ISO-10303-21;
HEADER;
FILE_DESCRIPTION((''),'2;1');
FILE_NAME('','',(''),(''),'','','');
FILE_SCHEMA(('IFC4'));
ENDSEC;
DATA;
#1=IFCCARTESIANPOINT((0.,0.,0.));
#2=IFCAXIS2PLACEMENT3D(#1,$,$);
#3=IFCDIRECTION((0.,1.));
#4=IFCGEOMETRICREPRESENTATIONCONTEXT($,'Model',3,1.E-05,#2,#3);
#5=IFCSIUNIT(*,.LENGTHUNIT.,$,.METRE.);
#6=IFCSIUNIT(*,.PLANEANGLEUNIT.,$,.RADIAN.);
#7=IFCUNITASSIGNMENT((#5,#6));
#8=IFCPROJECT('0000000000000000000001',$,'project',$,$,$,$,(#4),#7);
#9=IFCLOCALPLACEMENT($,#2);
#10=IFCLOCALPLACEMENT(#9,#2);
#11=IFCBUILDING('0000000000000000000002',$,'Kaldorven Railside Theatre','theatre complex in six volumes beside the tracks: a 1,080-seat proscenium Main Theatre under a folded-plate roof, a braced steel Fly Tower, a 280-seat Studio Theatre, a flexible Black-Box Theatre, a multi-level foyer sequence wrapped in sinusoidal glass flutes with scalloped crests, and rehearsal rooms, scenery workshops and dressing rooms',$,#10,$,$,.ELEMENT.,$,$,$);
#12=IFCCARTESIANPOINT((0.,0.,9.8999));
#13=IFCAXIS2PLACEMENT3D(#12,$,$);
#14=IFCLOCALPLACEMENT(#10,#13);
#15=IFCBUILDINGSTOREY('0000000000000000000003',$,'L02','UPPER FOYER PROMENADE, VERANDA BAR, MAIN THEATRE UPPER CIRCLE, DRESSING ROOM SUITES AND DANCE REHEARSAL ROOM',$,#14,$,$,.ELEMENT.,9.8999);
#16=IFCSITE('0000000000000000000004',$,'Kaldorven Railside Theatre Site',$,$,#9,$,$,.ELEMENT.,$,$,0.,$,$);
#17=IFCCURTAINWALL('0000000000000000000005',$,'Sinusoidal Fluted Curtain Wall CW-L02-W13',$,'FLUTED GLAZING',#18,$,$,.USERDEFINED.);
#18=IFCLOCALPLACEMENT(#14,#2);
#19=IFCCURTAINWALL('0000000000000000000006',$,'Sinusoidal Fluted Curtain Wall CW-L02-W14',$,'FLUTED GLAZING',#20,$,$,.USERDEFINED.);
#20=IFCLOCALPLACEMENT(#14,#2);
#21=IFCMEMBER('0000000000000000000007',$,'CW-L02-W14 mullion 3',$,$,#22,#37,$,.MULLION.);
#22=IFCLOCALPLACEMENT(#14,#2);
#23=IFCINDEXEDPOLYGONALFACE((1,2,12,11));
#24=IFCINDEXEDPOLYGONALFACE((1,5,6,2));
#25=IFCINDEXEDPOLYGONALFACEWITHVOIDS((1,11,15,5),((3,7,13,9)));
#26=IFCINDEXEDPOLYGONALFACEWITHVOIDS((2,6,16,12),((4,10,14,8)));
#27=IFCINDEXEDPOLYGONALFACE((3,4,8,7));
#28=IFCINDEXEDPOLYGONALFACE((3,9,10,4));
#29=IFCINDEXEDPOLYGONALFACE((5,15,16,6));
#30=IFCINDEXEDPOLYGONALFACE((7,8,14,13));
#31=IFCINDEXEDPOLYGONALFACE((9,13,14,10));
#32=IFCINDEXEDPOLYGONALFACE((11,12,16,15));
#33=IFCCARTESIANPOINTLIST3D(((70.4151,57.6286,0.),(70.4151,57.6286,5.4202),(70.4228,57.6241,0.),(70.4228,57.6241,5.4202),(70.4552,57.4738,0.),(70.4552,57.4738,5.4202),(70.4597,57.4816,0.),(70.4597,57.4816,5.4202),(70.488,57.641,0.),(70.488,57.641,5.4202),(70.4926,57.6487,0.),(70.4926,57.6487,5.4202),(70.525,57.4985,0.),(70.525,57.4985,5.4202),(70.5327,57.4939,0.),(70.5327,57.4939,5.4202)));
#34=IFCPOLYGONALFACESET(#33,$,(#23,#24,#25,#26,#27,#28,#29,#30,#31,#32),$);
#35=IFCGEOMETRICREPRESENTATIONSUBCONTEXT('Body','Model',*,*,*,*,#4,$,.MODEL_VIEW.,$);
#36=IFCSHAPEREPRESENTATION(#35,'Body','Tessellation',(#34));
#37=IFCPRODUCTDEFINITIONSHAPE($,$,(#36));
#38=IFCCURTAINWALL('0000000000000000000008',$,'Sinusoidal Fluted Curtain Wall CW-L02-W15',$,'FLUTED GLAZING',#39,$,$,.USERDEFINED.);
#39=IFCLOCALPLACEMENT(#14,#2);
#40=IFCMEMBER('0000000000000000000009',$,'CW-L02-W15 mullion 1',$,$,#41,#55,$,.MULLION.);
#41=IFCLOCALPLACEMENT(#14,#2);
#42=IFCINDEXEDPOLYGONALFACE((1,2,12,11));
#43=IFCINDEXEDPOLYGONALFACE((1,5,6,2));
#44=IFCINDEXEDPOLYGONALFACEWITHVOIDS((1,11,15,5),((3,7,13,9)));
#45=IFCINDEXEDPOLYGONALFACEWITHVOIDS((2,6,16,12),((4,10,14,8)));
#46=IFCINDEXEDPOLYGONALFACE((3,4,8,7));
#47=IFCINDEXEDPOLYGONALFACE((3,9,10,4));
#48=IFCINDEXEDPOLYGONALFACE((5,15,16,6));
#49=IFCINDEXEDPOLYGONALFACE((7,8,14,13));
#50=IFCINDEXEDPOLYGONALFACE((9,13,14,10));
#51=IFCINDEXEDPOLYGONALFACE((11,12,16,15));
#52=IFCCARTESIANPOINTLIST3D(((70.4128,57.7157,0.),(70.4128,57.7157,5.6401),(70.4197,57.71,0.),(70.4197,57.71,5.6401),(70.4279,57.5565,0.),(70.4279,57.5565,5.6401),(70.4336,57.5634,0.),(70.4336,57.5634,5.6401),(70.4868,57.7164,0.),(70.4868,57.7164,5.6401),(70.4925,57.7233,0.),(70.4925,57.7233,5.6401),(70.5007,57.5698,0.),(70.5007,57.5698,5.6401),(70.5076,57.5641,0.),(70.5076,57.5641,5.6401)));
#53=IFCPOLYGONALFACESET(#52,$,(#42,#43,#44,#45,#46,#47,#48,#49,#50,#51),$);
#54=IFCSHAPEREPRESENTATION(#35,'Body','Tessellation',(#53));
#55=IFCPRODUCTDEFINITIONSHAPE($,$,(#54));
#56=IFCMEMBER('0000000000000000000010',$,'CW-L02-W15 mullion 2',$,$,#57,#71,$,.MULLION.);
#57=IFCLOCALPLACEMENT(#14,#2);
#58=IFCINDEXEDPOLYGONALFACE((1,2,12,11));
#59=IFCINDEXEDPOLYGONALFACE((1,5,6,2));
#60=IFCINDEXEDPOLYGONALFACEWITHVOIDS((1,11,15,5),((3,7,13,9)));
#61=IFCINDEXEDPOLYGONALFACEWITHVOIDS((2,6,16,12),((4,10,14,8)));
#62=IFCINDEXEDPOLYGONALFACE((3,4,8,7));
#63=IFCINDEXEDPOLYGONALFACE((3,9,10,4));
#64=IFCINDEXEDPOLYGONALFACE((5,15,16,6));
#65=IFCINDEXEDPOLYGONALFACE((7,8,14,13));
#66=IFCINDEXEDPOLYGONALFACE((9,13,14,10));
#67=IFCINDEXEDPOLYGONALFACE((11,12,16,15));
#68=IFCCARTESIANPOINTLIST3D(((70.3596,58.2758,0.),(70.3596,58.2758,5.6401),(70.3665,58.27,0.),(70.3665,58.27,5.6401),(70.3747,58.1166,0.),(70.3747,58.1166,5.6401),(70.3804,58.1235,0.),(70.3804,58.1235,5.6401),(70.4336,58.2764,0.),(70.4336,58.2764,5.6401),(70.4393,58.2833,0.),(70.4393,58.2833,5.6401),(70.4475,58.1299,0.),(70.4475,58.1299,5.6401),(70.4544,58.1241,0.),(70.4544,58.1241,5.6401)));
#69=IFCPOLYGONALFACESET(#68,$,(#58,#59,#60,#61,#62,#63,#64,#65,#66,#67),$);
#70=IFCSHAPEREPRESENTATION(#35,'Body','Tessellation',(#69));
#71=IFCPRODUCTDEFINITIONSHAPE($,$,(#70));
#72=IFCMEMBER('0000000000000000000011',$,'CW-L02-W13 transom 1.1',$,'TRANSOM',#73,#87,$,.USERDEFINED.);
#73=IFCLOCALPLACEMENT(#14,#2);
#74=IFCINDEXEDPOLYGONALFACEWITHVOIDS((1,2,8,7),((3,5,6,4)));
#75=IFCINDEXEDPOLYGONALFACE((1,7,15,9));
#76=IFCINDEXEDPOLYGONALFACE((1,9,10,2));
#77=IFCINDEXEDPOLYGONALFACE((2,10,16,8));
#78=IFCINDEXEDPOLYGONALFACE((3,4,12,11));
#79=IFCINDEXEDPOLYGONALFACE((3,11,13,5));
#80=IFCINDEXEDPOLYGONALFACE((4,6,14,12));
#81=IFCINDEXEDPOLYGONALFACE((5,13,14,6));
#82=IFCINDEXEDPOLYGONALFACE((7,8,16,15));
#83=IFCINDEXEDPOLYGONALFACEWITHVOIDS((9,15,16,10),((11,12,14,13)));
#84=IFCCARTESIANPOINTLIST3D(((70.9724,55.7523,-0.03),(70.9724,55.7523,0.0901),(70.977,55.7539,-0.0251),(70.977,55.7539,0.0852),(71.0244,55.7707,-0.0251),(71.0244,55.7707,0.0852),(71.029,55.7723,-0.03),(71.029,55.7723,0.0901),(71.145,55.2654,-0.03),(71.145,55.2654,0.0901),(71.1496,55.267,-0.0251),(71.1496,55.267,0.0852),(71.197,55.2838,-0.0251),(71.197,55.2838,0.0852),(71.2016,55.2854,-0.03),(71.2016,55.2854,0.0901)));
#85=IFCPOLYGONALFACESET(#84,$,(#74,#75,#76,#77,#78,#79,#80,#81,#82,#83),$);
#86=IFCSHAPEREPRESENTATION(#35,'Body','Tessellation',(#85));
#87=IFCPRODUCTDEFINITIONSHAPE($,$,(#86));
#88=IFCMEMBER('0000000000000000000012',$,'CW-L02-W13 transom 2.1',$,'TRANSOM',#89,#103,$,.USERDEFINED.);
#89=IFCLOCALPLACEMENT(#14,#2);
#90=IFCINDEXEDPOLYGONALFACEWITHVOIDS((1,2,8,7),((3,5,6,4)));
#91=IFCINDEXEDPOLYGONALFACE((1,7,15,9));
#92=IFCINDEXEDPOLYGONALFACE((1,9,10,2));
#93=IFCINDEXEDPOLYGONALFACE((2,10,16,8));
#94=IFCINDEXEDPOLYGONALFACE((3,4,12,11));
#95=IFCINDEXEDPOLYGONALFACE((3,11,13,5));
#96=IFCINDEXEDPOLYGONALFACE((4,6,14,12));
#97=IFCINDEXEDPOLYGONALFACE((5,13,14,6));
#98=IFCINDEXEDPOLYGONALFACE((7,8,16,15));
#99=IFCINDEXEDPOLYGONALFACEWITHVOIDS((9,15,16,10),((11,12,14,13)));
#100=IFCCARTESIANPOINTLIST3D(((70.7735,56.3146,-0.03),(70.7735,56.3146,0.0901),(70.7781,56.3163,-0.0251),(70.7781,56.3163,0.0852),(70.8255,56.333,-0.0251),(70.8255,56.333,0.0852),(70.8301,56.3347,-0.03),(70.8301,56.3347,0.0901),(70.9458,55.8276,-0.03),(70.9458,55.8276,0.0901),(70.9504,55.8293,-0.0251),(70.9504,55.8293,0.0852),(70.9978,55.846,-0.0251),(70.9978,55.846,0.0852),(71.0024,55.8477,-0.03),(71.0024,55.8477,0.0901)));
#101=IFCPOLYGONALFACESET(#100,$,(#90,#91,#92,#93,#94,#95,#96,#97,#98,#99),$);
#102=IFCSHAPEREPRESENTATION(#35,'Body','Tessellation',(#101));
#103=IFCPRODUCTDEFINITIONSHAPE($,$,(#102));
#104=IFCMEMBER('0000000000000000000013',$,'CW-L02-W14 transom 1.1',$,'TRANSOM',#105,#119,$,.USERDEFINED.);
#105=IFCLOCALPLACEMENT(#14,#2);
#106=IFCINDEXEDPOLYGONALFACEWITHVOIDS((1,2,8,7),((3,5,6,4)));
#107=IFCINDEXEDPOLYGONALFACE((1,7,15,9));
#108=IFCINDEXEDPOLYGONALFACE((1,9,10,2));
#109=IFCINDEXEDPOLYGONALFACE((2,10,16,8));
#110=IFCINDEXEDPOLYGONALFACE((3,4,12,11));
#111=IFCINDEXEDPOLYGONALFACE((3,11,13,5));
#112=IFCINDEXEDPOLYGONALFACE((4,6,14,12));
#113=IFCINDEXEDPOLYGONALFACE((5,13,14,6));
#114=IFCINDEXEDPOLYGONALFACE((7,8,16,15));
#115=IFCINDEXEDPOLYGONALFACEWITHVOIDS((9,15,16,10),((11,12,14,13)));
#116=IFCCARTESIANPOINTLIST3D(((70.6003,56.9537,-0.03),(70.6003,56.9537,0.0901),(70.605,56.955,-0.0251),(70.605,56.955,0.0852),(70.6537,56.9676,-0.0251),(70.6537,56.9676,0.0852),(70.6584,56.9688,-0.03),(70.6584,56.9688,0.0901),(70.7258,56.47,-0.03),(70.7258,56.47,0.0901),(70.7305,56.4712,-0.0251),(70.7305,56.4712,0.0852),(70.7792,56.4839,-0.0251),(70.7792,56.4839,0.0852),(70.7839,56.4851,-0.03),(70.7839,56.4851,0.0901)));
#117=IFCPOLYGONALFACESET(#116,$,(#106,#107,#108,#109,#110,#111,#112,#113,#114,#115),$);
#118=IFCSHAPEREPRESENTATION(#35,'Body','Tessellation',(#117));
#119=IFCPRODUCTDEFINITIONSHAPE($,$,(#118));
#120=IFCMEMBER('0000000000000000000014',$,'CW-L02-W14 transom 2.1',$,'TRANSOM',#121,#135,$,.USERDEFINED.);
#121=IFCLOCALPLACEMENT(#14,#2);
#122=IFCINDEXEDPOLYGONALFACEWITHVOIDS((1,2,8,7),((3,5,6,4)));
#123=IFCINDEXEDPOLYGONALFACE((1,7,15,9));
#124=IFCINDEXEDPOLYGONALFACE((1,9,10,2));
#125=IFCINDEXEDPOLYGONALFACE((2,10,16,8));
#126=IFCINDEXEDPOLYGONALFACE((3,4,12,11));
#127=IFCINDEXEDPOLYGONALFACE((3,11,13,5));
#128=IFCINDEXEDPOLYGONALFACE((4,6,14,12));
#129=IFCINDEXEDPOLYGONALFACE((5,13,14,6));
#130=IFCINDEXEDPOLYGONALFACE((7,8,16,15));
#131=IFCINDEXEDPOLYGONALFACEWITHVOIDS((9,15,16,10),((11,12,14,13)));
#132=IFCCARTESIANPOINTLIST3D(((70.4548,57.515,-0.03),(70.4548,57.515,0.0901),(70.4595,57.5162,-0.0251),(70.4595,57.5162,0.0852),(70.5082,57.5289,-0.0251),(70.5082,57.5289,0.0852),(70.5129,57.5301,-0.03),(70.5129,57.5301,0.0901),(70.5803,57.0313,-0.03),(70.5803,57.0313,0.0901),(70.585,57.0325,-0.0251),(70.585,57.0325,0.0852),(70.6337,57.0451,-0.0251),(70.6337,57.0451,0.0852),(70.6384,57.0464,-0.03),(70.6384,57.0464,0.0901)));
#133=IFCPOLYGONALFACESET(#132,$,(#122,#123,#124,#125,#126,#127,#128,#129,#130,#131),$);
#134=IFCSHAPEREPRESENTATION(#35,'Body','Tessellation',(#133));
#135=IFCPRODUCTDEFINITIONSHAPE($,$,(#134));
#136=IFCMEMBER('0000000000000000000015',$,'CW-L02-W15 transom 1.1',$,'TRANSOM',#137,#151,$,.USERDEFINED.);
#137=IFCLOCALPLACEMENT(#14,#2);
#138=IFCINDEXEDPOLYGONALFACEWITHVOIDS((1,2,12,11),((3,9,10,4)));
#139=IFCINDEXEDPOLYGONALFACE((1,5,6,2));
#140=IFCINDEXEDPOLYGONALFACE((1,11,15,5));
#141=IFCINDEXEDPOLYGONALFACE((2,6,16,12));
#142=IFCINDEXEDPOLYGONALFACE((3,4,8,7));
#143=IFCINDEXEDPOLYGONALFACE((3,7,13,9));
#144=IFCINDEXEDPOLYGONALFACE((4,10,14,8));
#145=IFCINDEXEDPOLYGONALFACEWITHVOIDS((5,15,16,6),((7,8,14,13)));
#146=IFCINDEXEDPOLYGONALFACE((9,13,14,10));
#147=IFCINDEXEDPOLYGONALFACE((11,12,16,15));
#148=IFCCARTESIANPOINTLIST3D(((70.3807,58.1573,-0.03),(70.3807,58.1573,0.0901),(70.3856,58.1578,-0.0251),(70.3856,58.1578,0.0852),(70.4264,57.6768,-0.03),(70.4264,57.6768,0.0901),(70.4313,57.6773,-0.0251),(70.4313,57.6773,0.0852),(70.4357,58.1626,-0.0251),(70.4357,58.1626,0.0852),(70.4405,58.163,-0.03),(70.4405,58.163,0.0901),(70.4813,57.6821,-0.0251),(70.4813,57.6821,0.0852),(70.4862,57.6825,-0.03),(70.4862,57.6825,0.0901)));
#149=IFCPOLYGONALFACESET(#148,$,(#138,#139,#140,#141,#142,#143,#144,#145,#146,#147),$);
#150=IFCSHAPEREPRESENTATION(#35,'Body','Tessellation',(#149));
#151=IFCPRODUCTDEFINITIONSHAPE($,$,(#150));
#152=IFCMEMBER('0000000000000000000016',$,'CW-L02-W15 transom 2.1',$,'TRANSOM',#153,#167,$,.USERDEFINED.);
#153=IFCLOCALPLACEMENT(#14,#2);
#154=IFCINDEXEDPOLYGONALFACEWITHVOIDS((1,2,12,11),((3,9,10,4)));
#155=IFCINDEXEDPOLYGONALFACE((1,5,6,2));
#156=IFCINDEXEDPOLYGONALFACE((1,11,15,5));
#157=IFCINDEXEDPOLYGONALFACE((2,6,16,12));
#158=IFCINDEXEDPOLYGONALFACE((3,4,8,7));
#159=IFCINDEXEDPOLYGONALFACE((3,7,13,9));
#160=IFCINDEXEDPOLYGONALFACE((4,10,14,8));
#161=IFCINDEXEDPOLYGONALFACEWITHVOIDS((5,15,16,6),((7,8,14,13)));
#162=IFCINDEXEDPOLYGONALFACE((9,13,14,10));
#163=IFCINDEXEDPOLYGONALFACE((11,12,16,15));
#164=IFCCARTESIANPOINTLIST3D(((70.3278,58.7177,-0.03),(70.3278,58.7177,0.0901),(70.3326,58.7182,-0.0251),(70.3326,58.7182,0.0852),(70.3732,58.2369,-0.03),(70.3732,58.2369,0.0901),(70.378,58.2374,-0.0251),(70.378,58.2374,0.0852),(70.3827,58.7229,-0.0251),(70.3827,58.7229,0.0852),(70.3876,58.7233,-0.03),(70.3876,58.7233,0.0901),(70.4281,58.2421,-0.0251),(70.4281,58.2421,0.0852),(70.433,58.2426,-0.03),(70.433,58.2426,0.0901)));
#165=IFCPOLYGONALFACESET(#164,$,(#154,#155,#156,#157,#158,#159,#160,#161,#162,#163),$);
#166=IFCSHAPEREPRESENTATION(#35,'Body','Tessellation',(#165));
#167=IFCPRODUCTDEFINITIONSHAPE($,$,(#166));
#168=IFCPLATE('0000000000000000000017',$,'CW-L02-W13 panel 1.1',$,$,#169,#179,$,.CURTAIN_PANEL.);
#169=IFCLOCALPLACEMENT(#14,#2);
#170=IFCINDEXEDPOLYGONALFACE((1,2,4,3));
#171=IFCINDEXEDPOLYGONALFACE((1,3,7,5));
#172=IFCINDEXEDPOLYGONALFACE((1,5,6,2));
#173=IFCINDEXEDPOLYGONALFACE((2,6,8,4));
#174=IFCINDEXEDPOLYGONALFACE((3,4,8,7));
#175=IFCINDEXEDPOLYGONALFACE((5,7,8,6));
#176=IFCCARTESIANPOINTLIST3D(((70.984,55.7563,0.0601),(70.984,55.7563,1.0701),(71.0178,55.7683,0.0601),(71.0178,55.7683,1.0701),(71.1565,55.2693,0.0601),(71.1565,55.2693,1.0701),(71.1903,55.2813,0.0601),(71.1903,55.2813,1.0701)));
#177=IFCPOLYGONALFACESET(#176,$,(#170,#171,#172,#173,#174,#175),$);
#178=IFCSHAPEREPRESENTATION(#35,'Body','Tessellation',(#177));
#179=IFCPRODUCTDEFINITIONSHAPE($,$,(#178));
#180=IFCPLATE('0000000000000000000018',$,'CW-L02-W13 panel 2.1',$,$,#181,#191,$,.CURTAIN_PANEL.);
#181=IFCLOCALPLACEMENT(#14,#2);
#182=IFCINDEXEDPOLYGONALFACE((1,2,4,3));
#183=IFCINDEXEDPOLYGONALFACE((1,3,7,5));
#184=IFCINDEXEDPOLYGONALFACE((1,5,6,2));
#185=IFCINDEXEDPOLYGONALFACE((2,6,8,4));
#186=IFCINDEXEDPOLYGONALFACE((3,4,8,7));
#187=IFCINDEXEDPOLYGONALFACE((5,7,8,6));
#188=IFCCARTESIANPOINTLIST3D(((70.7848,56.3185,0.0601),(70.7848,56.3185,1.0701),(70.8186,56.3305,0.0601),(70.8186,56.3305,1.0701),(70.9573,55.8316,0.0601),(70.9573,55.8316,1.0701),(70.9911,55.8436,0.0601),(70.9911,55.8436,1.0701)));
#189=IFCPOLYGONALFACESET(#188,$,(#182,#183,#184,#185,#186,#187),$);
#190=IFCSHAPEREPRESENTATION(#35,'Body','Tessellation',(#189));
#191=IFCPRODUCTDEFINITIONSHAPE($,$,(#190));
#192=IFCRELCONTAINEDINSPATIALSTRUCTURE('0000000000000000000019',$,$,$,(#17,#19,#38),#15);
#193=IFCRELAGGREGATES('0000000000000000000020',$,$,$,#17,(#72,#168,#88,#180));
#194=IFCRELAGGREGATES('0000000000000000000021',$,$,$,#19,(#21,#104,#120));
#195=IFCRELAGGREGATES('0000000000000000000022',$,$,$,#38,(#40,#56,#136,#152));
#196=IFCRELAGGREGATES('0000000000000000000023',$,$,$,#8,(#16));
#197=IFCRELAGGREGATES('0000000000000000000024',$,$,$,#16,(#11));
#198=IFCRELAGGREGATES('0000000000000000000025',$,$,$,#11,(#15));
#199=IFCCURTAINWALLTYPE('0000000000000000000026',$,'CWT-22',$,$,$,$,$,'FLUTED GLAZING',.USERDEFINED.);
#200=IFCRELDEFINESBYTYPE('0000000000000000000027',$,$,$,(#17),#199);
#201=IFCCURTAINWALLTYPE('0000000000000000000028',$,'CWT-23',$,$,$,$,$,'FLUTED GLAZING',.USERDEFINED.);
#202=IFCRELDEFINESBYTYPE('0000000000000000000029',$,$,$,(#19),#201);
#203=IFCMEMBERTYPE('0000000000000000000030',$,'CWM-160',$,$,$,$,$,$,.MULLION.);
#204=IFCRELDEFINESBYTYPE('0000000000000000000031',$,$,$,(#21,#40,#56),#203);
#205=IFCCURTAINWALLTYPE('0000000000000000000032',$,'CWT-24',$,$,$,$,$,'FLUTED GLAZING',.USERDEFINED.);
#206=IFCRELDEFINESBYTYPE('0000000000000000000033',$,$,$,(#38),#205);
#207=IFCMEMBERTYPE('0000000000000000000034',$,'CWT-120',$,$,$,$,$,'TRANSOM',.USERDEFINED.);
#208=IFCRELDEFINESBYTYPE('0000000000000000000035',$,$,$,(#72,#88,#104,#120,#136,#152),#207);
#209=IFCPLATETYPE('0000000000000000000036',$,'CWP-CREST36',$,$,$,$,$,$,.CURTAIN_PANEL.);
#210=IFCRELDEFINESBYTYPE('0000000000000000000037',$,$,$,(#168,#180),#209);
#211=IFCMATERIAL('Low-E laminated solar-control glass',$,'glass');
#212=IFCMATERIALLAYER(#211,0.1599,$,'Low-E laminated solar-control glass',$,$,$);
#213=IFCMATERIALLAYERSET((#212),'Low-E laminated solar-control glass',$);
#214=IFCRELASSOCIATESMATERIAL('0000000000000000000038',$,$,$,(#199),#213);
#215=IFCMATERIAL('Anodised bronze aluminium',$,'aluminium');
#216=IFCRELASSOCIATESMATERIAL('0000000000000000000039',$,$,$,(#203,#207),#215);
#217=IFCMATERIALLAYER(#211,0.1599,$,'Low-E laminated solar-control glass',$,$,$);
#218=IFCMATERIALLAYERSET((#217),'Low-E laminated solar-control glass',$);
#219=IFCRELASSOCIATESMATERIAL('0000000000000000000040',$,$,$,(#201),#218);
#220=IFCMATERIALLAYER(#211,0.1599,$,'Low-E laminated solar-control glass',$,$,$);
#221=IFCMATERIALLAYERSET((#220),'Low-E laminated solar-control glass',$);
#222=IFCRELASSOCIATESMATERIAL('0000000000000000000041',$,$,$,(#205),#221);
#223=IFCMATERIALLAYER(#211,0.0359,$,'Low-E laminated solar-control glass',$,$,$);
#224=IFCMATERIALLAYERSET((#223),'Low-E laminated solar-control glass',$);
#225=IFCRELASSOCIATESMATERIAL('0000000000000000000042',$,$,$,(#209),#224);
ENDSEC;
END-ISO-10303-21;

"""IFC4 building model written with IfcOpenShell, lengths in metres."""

from ifc_helpers import new_model, si_unit, direction, frame, origin, origin_2d, place, context, subcontext, project, spatial, rectangle, hollow_rectangle, extrude, material, layer, layer_set, material_profile, profile_set, type_object, element, aggregate, save


model = new_model("IFC4")

# Units and contexts
model_context = context("Model", 3, precision=1e-05, world=origin(), true_north=direction((0.0, 1.0)))
body_context = subcontext(model_context, "Body", "Model", "MODEL_VIEW")
ifc_project = project(units=[si_unit("LENGTHUNIT", "METRE"), si_unit("PLANEANGLEUNIT", "RADIAN")], contexts=[model_context])

# Site, building, storey
site_placement = place(None, origin())
site = spatial("IfcSite", under=ifc_project, at=site_placement, Name="Kaldorven Railside Theatre Site", CompositionType="ELEMENT", RefElevation=0.0)
building_placement = place(site_placement, origin())
building = spatial("IfcBuilding", under=site, at=building_placement, Name="Kaldorven Railside Theatre", Description="theatre complex in six volumes beside the tracks: a 1,080-seat proscenium Main Theatre under a folded-plate roof, a braced steel Fly Tower, a 280-seat Studio Theatre, a flexible Black-Box Theatre, a multi-level foyer sequence wrapped in sinusoidal glass flutes with scalloped crests, and rehearsal rooms, scenery workshops and dressing rooms", CompositionType="ELEMENT")
storey_placement = place(building_placement, frame((0.0, 0.0, 9.8999)))
storey = spatial("IfcBuildingStorey", under=building, at=storey_placement, Name="L02", Description="UPPER FOYER PROMENADE, VERANDA BAR, MAIN THEATRE UPPER CIRCLE, DRESSING ROOM SUITES AND DANCE REHEARSAL ROOM", CompositionType="ELEMENT", Elevation=9.8999)

# Curtain walls, members
ifc_material_1 = material(Name="Low-E laminated solar-control glass", Category="glass")
ifc_layer_1 = layer(ifc_material_1, 0.1599, Name="Low-E laminated solar-control glass")
ifc_layer_set_1 = layer_set([ifc_layer_1], Name="Low-E laminated solar-control glass")
curtain_wall_type_1 = type_object("IfcCurtainWallType", Name="CWT-22", ElementType="FLUTED GLAZING", PredefinedType="USERDEFINED", material=ifc_layer_set_1)
curtain_wall_1_placement = place(storey_placement, origin())
curtain_wall_1 = element("IfcCurtainWall", 1, at=curtain_wall_1_placement, inside=storey, type_object=curtain_wall_type_1, Name="Sinusoidal Fluted Curtain Wall CW-L02-W13", ObjectType="FLUTED GLAZING", PredefinedType="USERDEFINED")
ifc_material_2 = material(Name="Anodised bronze aluminium", Category="aluminium")
ifc_material_profile_1 = material_profile(ifc_material_2, hollow_rectangle(XDim=0.0801, YDim=0.1599, WallThickness=0.0063, at=origin_2d()), Name="RHS 160x80x6.3")
ifc_profile_set_1 = profile_set([ifc_material_profile_1], Name="Anodised bronze aluminium")
member_type_1 = type_object("IfcMemberType", Name="CWM-160", PredefinedType="MULLION", material=ifc_profile_set_1)
ifc_layer_2 = layer(ifc_material_1, 0.1599, Name="Low-E laminated solar-control glass")
ifc_layer_set_2 = layer_set([ifc_layer_2], Name="Low-E laminated solar-control glass")
curtain_wall_type_2 = type_object("IfcCurtainWallType", Name="CWT-23", ElementType="FLUTED GLAZING", PredefinedType="USERDEFINED", material=ifc_layer_set_2)
curtain_wall_2_placement = place(storey_placement, origin())
curtain_wall_2 = element("IfcCurtainWall", 2, at=curtain_wall_2_placement, inside=storey, type_object=curtain_wall_type_2, Name="Sinusoidal Fluted Curtain Wall CW-L02-W14", ObjectType="FLUTED GLAZING", PredefinedType="USERDEFINED")
member_1_placement = place(storey_placement, frame((70.4739, 57.5613, 0.0), z_axis=(0.0, 0.0, 1.0), x_axis=(-0.967999, -0.250954, 0.0)))
member_1 = element("IfcMember", 3, at=member_1_placement, type_object=member_type_1, Name="CW-L02-W14 mullion 3", PredefinedType="MULLION", context=body_context, shape_type="SweptSolid", body=[
    extrude(hollow_rectangle(XDim=0.0801, YDim=0.1599, WallThickness=0.0063, at=origin_2d()), origin(), (0.0, 0.0, 1.0), 5.4202),
])
ifc_layer_3 = layer(ifc_material_1, 0.1599, Name="Low-E laminated solar-control glass")
ifc_layer_set_3 = layer_set([ifc_layer_3], Name="Low-E laminated solar-control glass")
curtain_wall_type_3 = type_object("IfcCurtainWallType", Name="CWT-24", ElementType="FLUTED GLAZING", PredefinedType="USERDEFINED", material=ifc_layer_set_3)
curtain_wall_3_placement = place(storey_placement, origin())
curtain_wall_3 = element("IfcCurtainWall", 4, at=curtain_wall_3_placement, inside=storey, type_object=curtain_wall_type_3, Name="Sinusoidal Fluted Curtain Wall CW-L02-W15", ObjectType="FLUTED GLAZING", PredefinedType="USERDEFINED")
member_2_placement = place(storey_placement, frame((70.4602, 57.6399, 0.0), z_axis=(0.0, 0.0, 1.0), x_axis=(-0.995526, -0.094492, 0.0)))
member_2 = element("IfcMember", 5, at=member_2_placement, type_object=member_type_1, Name="CW-L02-W15 mullion 1", PredefinedType="MULLION", context=body_context, shape_type="SweptSolid", body=[
    extrude(hollow_rectangle(XDim=0.0801, YDim=0.1599, WallThickness=0.0063, at=origin_2d()), origin(), (0.0, 0.0, 1.0), 5.6401),
])
member_3_placement = place(storey_placement, frame((70.407, 58.2, 0.0), z_axis=(0.0, 0.0, 1.0), x_axis=(-0.995526, -0.094492, 0.0)))
member_3 = element("IfcMember", 6, at=member_3_placement, type_object=member_type_1, Name="CW-L02-W15 mullion 2", PredefinedType="MULLION", context=body_context, shape_type="SweptSolid", body=[
    extrude(hollow_rectangle(XDim=0.0801, YDim=0.1599, WallThickness=0.0063, at=origin_2d()), origin(), (0.0, 0.0, 1.0), 5.6401),
])

# Members
ifc_material_profile_2 = material_profile(ifc_material_2, hollow_rectangle(XDim=0.0601, YDim=0.1201, WallThickness=0.0049, at=origin_2d()), Name="RHS 120x60x5")
ifc_profile_set_2 = profile_set([ifc_material_profile_2], Name="Anodised bronze aluminium")
member_type_2 = type_object("IfcMemberType", Name="CWT-120", ElementType="TRANSOM", PredefinedType="USERDEFINED", material=ifc_profile_set_2)
member_4_placement = place(storey_placement, frame((71.1733, 55.2754, 0.03), z_axis=(-0.33418, 0.942509, 0.0), x_axis=(-0.942509, -0.33418, 0.0)))
member_4 = element("IfcMember", 7, at=member_4_placement, type_object=member_type_2, Name="CW-L02-W13 transom 1.1", ObjectType="TRANSOM", PredefinedType="USERDEFINED", context=body_context, shape_type="SweptSolid", body=[
    extrude(hollow_rectangle(XDim=0.0601, YDim=0.1201, WallThickness=0.0049, at=origin_2d()), origin(), (0.0, 0.0, 1.0), 0.5166),
])
member_5_placement = place(storey_placement, frame((70.9741, 55.8376, 0.03), z_axis=(-0.333611, 0.942711, 0.0), x_axis=(-0.942711, -0.333611, 0.0)))
member_5 = element("IfcMember", 8, at=member_5_placement, type_object=member_type_2, Name="CW-L02-W13 transom 2.1", ObjectType="TRANSOM", PredefinedType="USERDEFINED", context=body_context, shape_type="SweptSolid", body=[
    extrude(hollow_rectangle(XDim=0.0601, YDim=0.1201, WallThickness=0.0049, at=origin_2d()), origin(), (0.0, 0.0, 1.0), 0.5166),
])
member_6_placement = place(storey_placement, frame((70.7549, 56.4775, 0.03), z_axis=(-0.251149, 0.967949, 0.0), x_axis=(-0.967949, -0.251149, 0.0)))
member_6 = element("IfcMember", 9, at=member_6_placement, type_object=member_type_2, Name="CW-L02-W14 transom 1.1", ObjectType="TRANSOM", PredefinedType="USERDEFINED", context=body_context, shape_type="SweptSolid", body=[
    extrude(hollow_rectangle(XDim=0.0601, YDim=0.1201, WallThickness=0.0049, at=origin_2d()), origin(), (0.0, 0.0, 1.0), 0.4998),
])
member_7_placement = place(storey_placement, frame((70.6094, 57.0388, 0.03), z_axis=(-0.251149, 0.967949, 0.0), x_axis=(-0.967949, -0.251149, 0.0)))
member_7 = element("IfcMember", 10, at=member_7_placement, type_object=member_type_2, Name="CW-L02-W14 transom 2.1", ObjectType="TRANSOM", PredefinedType="USERDEFINED", context=body_context, shape_type="SweptSolid", body=[
    extrude(hollow_rectangle(XDim=0.0601, YDim=0.1201, WallThickness=0.0049, at=origin_2d()), origin(), (0.0, 0.0, 1.0), 0.4998),
])
member_8_placement = place(storey_placement, frame((70.4563, 57.6797, 0.03), z_axis=(-0.094594, 0.995516, 0.0), x_axis=(-0.995516, -0.094594, 0.0)))
member_8 = element("IfcMember", 11, at=member_8_placement, type_object=member_type_2, Name="CW-L02-W15 transom 1.1", ObjectType="TRANSOM", PredefinedType="USERDEFINED", context=body_context, shape_type="SweptSolid", body=[
    extrude(hollow_rectangle(XDim=0.0601, YDim=0.1201, WallThickness=0.0049, at=origin_2d()), origin(), (0.0, 0.0, 1.0), 0.4827),
])
member_9_placement = place(storey_placement, frame((70.4031, 58.2397, 0.03), z_axis=(-0.094046, 0.995568, 0.0), x_axis=(-0.995568, -0.094046, 0.0)))
member_9 = element("IfcMember", 12, at=member_9_placement, type_object=member_type_2, Name="CW-L02-W15 transom 2.1", ObjectType="TRANSOM", PredefinedType="USERDEFINED", context=body_context, shape_type="SweptSolid", body=[
    extrude(hollow_rectangle(XDim=0.0601, YDim=0.1201, WallThickness=0.0049, at=origin_2d()), origin(), (0.0, 0.0, 1.0), 0.4829),
])

# Plates
ifc_layer_4 = layer(ifc_material_1, 0.0359, Name="Low-E laminated solar-control glass")
ifc_layer_set_4 = layer_set([ifc_layer_4], Name="Low-E laminated solar-control glass")
plate_type = type_object("IfcPlateType", Name="CWP-CREST36", PredefinedType="CURTAIN_PANEL", material=ifc_layer_set_4)
plate_1_placement = place(storey_placement, frame((71.0872, 55.5188, 0.0601), z_axis=(0.0, 0.0, 1.0), x_axis=(-0.333847, 0.942627, 0.0)))
plate_1 = element("IfcPlate", 13, at=plate_1_placement, type_object=plate_type, Name="CW-L02-W13 panel 1.1", PredefinedType="CURTAIN_PANEL", context=body_context, shape_type="SweptSolid", body=[
    extrude(rectangle(XDim=0.5166, YDim=0.0359, at=origin_2d()), origin(), (0.0, 0.0, 1.0), 1.01),
])
plate_2_placement = place(storey_placement, frame((70.8879, 56.0811, 0.0601), z_axis=(0.0, 0.0, 1.0), x_axis=(-0.333847, 0.942627, 0.0)))
plate_2 = element("IfcPlate", 14, at=plate_2_placement, type_object=plate_type, Name="CW-L02-W13 panel 2.1", PredefinedType="CURTAIN_PANEL", context=body_context, shape_type="SweptSolid", body=[
    extrude(rectangle(XDim=0.5166, YDim=0.0359, at=origin_2d()), origin(), (0.0, 0.0, 1.0), 1.01),
])
aggregate(curtain_wall_1, [member_4, plate_1, member_5, plate_2])
aggregate(curtain_wall_2, [member_1, member_6, member_7])
aggregate(curtain_wall_3, [member_2, member_3, member_8, member_9])

save(model, "model.ifc")
